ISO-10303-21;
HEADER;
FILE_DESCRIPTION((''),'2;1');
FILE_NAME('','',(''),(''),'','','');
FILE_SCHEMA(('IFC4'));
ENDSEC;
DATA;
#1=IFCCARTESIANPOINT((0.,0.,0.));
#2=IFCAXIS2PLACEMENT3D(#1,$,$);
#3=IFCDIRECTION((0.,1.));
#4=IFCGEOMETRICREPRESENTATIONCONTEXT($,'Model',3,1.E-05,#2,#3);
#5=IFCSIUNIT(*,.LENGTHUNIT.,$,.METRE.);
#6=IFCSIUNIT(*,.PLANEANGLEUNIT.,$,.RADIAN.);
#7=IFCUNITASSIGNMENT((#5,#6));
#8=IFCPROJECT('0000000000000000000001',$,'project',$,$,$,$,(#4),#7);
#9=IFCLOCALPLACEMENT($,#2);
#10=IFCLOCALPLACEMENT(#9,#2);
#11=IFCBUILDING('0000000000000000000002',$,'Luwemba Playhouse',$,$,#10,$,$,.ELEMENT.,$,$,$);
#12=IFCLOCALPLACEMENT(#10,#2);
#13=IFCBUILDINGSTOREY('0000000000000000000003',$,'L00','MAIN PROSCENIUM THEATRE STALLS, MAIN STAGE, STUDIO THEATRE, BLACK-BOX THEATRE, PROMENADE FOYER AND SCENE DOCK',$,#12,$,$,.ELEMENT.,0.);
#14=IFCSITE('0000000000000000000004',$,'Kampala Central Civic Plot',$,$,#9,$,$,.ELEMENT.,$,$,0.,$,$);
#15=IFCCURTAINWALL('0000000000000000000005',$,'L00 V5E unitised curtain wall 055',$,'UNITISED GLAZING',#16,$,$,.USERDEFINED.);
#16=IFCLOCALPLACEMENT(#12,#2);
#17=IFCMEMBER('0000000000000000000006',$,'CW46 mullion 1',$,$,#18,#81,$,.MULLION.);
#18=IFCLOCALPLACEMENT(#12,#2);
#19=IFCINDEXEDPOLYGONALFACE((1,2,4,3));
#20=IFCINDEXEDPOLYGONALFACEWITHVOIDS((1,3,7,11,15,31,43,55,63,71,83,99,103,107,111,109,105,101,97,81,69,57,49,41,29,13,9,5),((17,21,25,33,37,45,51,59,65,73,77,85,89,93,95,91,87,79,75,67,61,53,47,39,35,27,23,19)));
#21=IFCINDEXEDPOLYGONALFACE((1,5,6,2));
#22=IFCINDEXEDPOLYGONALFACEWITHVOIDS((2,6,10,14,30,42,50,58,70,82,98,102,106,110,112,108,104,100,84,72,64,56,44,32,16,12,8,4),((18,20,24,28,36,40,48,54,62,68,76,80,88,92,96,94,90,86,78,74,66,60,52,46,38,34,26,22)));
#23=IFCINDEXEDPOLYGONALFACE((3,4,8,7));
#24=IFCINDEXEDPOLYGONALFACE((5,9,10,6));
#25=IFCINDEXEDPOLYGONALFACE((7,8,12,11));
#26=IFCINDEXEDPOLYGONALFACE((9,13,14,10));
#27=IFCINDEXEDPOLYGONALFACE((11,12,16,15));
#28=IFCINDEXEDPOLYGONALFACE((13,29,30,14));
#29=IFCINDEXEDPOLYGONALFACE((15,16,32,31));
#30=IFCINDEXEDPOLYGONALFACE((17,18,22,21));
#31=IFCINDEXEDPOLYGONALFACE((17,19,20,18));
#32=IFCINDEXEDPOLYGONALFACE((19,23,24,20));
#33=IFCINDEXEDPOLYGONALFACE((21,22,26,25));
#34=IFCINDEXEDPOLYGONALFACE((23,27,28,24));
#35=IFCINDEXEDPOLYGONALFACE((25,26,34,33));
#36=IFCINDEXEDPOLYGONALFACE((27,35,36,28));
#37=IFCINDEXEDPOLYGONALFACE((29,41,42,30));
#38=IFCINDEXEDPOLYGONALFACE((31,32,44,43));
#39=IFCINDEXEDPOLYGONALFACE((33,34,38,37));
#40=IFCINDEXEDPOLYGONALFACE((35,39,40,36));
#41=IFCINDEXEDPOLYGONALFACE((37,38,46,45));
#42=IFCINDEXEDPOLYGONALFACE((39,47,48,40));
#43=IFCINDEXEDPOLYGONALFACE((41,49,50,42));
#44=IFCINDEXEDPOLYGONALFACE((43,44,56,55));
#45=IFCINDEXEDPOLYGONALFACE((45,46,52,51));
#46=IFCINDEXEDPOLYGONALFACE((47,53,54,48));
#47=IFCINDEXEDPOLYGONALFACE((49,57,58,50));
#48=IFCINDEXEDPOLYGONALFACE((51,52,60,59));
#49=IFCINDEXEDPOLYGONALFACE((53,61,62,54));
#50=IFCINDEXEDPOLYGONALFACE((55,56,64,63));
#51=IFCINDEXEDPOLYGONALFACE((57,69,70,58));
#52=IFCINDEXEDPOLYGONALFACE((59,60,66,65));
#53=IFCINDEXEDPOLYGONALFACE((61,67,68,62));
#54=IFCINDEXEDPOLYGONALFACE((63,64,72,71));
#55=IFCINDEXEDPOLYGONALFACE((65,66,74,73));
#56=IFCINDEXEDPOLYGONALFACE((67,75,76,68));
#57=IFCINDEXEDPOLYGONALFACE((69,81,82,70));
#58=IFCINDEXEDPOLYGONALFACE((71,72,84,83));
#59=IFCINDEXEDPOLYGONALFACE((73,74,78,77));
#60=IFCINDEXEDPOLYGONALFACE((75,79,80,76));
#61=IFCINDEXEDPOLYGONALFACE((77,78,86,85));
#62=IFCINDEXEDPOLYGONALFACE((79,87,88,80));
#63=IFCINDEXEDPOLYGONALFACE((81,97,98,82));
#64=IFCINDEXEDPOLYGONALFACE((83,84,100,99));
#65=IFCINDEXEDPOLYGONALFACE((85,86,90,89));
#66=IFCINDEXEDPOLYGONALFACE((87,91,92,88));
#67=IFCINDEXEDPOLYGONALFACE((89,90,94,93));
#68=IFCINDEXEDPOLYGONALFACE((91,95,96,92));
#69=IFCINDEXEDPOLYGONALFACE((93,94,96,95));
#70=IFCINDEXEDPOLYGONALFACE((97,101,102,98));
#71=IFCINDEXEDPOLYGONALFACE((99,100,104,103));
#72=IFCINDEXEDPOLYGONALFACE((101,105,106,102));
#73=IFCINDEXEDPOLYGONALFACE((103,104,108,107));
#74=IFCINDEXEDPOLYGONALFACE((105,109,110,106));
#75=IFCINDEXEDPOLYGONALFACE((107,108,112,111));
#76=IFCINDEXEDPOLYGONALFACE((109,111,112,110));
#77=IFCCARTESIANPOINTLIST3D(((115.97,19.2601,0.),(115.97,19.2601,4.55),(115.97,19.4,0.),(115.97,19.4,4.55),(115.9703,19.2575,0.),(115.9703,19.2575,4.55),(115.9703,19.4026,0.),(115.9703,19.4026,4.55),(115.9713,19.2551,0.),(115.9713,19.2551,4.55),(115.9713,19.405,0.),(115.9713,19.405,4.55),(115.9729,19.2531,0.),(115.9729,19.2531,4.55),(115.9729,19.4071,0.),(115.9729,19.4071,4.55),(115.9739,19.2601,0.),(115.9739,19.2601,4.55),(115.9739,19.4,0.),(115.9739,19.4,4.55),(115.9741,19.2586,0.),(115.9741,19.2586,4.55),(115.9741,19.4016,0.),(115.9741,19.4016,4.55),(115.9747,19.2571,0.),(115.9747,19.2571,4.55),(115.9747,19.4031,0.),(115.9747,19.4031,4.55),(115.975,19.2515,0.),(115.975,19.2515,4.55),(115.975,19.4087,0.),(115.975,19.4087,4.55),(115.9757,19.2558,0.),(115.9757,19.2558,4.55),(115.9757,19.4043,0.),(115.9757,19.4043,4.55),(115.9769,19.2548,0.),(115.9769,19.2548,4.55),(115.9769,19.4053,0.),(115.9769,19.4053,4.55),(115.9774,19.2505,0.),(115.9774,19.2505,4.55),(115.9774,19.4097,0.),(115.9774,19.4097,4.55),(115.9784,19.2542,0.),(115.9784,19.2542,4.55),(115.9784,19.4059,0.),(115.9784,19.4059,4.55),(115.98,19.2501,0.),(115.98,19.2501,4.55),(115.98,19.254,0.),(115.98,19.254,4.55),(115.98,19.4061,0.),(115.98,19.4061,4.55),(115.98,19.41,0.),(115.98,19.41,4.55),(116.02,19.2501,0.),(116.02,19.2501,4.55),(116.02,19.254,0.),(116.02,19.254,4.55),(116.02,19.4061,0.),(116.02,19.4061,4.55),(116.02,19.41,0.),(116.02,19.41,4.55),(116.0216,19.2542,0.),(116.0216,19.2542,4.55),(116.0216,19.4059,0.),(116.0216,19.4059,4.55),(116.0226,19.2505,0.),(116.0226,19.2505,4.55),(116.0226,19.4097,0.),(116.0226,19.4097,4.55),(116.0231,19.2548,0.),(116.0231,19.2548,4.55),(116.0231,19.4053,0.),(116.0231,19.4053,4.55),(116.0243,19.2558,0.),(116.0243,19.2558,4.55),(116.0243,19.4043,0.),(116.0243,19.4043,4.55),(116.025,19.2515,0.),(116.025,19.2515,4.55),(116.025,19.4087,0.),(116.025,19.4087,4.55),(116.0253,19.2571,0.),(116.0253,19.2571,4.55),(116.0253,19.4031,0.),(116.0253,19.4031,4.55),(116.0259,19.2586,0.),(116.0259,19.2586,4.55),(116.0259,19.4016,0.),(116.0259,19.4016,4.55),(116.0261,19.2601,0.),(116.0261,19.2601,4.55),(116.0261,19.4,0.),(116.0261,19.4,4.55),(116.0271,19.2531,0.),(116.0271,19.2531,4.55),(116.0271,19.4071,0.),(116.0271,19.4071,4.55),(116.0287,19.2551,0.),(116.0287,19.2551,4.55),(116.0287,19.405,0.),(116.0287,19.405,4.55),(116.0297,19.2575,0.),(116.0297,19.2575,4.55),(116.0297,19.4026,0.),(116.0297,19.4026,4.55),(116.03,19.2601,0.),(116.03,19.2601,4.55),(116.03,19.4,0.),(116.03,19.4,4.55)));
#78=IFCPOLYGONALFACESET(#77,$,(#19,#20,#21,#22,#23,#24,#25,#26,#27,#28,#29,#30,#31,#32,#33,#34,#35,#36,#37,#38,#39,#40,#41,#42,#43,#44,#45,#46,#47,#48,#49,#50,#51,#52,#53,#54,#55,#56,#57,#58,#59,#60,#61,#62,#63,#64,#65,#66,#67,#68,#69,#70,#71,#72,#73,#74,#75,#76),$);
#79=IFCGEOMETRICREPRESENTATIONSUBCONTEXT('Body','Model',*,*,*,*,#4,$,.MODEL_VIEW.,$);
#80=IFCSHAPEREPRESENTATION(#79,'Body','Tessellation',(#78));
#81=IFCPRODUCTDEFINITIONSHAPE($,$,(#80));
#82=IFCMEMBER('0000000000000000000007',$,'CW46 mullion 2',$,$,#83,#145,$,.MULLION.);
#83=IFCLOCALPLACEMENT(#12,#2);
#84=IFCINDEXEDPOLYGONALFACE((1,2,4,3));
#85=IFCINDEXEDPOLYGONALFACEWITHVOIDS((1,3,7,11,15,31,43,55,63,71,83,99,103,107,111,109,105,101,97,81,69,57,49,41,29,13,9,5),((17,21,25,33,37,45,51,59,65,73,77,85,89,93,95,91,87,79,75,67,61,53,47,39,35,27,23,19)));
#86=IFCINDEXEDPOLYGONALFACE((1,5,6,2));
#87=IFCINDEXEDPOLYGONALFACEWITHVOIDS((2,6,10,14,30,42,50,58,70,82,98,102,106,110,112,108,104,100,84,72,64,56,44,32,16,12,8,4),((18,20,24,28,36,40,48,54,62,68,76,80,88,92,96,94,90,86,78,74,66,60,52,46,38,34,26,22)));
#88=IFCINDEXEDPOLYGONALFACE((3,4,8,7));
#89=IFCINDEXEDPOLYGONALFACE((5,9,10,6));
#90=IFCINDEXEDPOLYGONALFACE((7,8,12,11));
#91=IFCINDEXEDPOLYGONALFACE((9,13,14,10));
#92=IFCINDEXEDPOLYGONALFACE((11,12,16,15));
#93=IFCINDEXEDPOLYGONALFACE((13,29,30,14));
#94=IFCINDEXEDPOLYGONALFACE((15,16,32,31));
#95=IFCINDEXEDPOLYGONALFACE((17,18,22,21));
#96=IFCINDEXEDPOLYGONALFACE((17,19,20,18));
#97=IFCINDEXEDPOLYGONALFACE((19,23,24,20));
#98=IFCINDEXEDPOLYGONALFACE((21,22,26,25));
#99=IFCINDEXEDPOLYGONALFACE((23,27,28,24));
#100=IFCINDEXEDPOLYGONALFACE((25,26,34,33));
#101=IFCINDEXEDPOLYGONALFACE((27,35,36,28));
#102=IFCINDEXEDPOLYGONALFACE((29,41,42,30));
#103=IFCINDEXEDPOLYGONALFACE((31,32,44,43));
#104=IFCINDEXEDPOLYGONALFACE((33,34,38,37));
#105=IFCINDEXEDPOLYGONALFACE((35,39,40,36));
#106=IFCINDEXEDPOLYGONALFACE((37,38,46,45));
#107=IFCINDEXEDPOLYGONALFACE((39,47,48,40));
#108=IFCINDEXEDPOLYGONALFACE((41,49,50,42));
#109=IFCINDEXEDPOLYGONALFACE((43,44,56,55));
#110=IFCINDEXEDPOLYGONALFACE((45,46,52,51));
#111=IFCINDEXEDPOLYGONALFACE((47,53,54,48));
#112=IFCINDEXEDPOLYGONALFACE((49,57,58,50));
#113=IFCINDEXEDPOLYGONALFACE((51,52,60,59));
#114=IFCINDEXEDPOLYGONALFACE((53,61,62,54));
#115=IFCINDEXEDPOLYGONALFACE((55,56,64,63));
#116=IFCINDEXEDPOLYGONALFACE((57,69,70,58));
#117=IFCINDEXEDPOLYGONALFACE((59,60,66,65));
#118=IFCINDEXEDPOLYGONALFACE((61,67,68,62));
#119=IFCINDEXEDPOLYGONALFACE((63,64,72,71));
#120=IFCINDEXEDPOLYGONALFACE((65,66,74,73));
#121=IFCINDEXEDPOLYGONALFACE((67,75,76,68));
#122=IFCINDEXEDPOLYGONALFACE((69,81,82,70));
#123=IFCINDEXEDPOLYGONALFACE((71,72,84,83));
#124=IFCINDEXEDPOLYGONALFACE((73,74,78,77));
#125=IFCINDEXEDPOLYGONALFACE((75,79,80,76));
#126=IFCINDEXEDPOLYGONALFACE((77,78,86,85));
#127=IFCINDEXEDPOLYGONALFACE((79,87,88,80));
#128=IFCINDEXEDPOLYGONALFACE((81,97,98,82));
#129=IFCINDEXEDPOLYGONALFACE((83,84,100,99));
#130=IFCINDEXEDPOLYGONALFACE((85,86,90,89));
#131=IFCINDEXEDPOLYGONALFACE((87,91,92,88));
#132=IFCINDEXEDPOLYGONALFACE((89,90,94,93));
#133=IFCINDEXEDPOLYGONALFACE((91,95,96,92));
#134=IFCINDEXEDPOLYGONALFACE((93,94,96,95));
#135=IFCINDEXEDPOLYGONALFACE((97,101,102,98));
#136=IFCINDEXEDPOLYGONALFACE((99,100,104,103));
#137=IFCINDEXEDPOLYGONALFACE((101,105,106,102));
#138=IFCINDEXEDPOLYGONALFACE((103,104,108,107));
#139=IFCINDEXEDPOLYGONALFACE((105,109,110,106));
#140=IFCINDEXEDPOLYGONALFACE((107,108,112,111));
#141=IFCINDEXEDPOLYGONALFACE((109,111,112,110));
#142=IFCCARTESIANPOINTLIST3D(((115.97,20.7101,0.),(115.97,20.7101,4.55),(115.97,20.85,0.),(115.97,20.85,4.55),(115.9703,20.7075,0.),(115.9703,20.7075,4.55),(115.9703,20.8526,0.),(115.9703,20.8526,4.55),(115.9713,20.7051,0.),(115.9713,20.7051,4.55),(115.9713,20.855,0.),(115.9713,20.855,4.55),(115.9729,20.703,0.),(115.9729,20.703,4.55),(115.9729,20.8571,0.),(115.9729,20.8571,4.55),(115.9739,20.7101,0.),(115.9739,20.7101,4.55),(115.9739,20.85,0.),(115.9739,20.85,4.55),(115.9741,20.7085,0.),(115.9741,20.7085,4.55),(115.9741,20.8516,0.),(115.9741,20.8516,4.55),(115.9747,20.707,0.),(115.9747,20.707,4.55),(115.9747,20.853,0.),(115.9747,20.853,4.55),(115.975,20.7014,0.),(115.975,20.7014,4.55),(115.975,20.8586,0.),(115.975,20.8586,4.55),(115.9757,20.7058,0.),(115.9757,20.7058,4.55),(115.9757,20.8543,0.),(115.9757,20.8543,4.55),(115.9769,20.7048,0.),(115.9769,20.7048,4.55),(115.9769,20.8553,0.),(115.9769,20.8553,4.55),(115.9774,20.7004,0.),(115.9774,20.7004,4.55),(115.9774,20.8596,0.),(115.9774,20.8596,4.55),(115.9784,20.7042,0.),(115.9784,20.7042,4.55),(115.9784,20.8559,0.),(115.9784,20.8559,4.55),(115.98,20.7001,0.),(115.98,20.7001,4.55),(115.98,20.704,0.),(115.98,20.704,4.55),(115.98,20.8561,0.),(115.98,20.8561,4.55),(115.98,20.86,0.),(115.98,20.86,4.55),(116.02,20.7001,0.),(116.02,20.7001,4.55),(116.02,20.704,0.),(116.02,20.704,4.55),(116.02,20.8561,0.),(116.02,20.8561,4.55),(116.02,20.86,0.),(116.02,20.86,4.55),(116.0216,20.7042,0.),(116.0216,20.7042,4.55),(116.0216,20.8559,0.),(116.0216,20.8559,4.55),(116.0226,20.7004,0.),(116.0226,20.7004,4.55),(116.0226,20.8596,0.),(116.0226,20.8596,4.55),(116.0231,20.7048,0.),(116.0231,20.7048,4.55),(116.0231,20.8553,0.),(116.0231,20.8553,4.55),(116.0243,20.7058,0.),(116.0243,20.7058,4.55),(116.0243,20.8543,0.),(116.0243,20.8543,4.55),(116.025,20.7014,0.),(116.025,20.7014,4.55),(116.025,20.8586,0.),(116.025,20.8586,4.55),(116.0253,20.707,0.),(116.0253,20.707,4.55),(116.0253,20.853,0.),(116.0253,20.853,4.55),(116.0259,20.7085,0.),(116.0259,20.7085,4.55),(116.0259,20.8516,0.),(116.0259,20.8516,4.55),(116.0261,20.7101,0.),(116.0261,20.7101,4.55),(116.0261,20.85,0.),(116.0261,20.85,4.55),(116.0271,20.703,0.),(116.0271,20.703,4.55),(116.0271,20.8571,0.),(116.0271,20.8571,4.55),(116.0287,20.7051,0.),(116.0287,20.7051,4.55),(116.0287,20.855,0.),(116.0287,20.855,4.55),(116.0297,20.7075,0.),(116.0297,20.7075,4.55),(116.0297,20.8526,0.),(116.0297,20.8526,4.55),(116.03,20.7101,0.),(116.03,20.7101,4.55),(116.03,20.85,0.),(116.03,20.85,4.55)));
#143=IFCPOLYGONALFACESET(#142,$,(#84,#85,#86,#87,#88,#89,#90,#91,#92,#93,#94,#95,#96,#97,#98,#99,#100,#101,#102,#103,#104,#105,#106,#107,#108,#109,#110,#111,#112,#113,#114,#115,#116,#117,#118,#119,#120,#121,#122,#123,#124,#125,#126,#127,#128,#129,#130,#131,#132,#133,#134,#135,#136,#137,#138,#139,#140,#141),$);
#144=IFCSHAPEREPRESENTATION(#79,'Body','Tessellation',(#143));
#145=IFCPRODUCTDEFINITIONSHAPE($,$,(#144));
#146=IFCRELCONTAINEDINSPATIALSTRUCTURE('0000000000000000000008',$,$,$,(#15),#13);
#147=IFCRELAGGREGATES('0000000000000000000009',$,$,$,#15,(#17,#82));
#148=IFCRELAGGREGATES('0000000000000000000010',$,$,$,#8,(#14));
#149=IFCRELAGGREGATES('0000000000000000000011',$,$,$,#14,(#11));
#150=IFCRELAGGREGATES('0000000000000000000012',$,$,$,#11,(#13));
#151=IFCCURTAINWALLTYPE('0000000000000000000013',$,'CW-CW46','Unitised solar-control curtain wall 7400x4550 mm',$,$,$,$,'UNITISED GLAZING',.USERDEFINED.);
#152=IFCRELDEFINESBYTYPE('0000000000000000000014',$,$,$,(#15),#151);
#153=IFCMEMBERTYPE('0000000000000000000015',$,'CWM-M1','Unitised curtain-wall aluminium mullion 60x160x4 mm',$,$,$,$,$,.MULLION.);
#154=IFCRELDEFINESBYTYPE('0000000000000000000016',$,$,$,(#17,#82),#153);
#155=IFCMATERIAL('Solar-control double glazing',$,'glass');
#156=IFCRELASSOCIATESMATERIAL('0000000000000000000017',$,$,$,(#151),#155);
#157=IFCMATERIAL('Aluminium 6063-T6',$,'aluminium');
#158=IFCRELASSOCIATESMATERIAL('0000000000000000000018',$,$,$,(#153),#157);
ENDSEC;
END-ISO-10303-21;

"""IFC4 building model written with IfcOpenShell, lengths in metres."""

from ifc_helpers import new_model, si_unit, direction, frame, origin, origin_2d, place, context, subcontext, project, spatial, hollow_rectangle, extrude, material, material_profile, profile_set, type_object, element, aggregate, save


model = new_model("IFC4")

# Units and contexts
model_context = context("Model", 3, precision=1e-05, world=origin(), true_north=direction((0.0, 1.0)))
body_context = subcontext(model_context, "Body", "Model", "MODEL_VIEW")
ifc_project = project(units=[si_unit("LENGTHUNIT", "METRE"), si_unit("PLANEANGLEUNIT", "RADIAN")], contexts=[model_context])

# Site, building, storey
site_placement = place(None, origin())
site = spatial("IfcSite", under=ifc_project, at=site_placement, Name="Kampala Central Civic Plot", CompositionType="ELEMENT", RefElevation=0.0)
building_placement = place(site_placement, origin())
building = spatial("IfcBuilding", under=site, at=building_placement, Name="Luwemba Playhouse", CompositionType="ELEMENT")
storey_placement = place(building_placement, origin())
storey = spatial("IfcBuildingStorey", under=building, at=storey_placement, Name="L00", Description="MAIN PROSCENIUM THEATRE STALLS, MAIN STAGE, STUDIO THEATRE, BLACK-BOX THEATRE, PROMENADE FOYER AND SCENE DOCK", CompositionType="ELEMENT", Elevation=0.0)

# Curtain wall, members
ifc_material_1 = material(Name="Solar-control double glazing", Category="glass")
curtain_wall_type_1 = type_object("IfcCurtainWallType", Name="CW-CW46", Description="Unitised solar-control curtain wall 7400x4550 mm", ElementType="UNITISED GLAZING", PredefinedType="USERDEFINED", material=ifc_material_1)
curtain_wall_1_placement = place(storey_placement, origin())
curtain_wall_1 = element("IfcCurtainWall", 1, at=curtain_wall_1_placement, inside=storey, type_object=curtain_wall_type_1, Name="L00 V5E unitised curtain wall 055", ObjectType="UNITISED GLAZING", PredefinedType="USERDEFINED")
ifc_material_2 = material(Name="Aluminium 6063-T6", Category="aluminium")
ifc_material_profile_1 = material_profile(ifc_material_2, hollow_rectangle(XDim=0.0601, YDim=0.1599, WallThickness=0.0039, InnerFilletRadius=0.0061, OuterFilletRadius=0.01, at=origin_2d()))
ifc_profile_set_1 = profile_set([ifc_material_profile_1], Name="Aluminium 6063-T6")
member_type_1 = type_object("IfcMemberType", Name="CWM-M1", Description="Unitised curtain-wall aluminium mullion 60x160x4 mm", PredefinedType="MULLION", material=ifc_profile_set_1)
member_1_placement = place(storey_placement, frame((116.0, 19.3301, 0.0), z_axis=(0.0, 0.0, 1.0), x_axis=(-1.0, 0.0, 0.0)))
member_1 = element("IfcMember", 2, at=member_1_placement, type_object=member_type_1, Name="CW46 mullion 1", PredefinedType="MULLION", context=body_context, shape_type="SweptSolid", body=[
    extrude(hollow_rectangle(XDim=0.0601, YDim=0.1599, WallThickness=0.0039, InnerFilletRadius=0.0061, OuterFilletRadius=0.01, at=origin_2d()), origin(), (0.0, 0.0, 1.0), 4.55),
])
member_2_placement = place(storey_placement, frame((116.0, 20.78, 0.0), z_axis=(0.0, 0.0, 1.0), x_axis=(-1.0, 0.0, 0.0)))
member_2 = element("IfcMember", 3, at=member_2_placement, type_object=member_type_1, Name="CW46 mullion 2", PredefinedType="MULLION", context=body_context, shape_type="SweptSolid", body=[
    extrude(hollow_rectangle(XDim=0.0601, YDim=0.1599, WallThickness=0.0039, InnerFilletRadius=0.0061, OuterFilletRadius=0.01, at=origin_2d()), origin(), (0.0, 0.0, 1.0), 4.55),
])

aggregate(curtain_wall_1, [member_1, member_2])

save(model, "model.ifc")
